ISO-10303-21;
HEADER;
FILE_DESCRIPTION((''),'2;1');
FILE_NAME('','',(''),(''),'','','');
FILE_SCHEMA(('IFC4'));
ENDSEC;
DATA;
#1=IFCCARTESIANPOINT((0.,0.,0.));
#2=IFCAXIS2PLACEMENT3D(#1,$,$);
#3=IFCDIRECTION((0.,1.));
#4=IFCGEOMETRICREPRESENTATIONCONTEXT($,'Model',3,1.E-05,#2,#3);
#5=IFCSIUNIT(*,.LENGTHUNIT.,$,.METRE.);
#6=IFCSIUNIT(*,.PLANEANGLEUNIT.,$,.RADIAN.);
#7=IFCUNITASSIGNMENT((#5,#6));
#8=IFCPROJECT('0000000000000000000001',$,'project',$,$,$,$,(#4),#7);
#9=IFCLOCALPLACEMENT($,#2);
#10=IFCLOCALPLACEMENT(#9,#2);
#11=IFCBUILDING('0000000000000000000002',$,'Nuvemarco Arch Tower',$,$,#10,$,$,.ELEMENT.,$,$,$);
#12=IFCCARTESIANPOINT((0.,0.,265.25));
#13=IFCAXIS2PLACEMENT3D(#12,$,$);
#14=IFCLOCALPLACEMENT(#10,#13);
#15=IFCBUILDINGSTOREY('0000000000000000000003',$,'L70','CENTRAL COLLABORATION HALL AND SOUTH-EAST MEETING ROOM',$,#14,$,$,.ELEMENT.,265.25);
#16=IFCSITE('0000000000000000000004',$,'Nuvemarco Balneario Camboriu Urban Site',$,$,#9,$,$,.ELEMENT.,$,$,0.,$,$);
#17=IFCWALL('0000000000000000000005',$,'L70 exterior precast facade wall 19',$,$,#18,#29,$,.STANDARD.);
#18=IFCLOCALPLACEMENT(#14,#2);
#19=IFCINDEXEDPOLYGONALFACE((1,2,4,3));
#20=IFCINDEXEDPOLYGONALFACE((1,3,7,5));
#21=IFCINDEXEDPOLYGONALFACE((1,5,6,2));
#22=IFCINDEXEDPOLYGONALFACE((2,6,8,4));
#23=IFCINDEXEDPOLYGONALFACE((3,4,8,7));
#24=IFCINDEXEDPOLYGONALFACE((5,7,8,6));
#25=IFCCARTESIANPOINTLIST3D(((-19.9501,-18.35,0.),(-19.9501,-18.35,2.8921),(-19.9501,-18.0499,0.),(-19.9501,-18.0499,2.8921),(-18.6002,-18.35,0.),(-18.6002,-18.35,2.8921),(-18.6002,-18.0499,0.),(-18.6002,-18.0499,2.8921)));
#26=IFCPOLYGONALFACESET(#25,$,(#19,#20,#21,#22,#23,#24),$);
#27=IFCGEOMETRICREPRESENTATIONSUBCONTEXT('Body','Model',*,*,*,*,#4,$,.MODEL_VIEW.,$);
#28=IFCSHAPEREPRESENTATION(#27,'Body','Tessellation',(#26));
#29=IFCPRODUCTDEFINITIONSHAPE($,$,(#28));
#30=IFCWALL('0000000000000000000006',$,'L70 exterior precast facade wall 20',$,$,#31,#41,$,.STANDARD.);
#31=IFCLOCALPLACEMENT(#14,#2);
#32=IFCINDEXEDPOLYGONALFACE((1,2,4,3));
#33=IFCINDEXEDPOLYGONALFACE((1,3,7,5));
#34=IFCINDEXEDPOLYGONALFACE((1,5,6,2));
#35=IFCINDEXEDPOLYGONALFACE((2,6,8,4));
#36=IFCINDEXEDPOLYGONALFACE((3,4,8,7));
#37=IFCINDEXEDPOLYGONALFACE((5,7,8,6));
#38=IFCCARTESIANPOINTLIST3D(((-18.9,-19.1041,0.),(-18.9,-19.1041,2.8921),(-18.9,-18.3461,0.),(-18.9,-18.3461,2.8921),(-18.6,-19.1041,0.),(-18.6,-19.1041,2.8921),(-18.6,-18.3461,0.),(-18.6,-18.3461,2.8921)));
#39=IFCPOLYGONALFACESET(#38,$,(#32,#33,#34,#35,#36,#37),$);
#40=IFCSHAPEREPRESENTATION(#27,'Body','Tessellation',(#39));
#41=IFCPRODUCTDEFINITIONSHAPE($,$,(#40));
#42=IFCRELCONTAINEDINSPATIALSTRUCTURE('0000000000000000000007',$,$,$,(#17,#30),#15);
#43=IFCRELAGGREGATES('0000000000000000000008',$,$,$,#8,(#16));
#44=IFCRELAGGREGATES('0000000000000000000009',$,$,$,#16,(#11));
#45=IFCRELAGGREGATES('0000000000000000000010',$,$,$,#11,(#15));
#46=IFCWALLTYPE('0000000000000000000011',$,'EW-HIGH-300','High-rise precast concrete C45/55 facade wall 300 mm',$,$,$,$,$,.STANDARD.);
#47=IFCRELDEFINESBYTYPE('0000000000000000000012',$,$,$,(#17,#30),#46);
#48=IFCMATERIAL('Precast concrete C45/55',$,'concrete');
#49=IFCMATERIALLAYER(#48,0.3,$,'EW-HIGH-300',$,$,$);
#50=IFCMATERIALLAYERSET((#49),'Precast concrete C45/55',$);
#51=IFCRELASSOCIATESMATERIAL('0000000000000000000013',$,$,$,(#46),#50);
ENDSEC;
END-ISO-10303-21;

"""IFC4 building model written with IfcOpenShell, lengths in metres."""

from ifc_helpers import new_model, si_unit, direction, frame, frame_2d, origin, place, context, subcontext, project, spatial, rectangle, extrude, material, layer, layer_set, type_object, element, save


model = new_model("IFC4")

# Units and contexts
model_context = context("Model", 3, precision=1e-05, world=origin(), true_north=direction((0.0, 1.0)))
body_context = subcontext(model_context, "Body", "Model", "MODEL_VIEW")
ifc_project = project(units=[si_unit("LENGTHUNIT", "METRE"), si_unit("PLANEANGLEUNIT", "RADIAN")], contexts=[model_context])

# Site, building, storey
site_placement = place(None, origin())
site = spatial("IfcSite", under=ifc_project, at=site_placement, Name="Nuvemarco Balneario Camboriu Urban Site", CompositionType="ELEMENT", RefElevation=0.0)
building_placement = place(site_placement, origin())
building = spatial("IfcBuilding", under=site, at=building_placement, Name="Nuvemarco Arch Tower", CompositionType="ELEMENT")
storey_placement = place(building_placement, frame((0.0, 0.0, 265.25)))
storey = spatial("IfcBuildingStorey", under=building, at=storey_placement, Name="L70", Description="CENTRAL COLLABORATION HALL AND SOUTH-EAST MEETING ROOM", CompositionType="ELEMENT", Elevation=265.25)

# Shared definitions
ifc_material_1 = material(Name="Precast concrete C45/55", Category="concrete")

# Shared definitions
ifc_layer = layer(ifc_material_1, 0.3, Name="EW-HIGH-300")
ifc_layer_set = layer_set([ifc_layer], Name="Precast concrete C45/55")
wall_type = type_object("IfcWallType", Name="EW-HIGH-300", Description="High-rise precast concrete C45/55 facade wall 300 mm", PredefinedType="STANDARD", material=ifc_layer_set)

# Walls
wall_1_placement = place(storey_placement, frame((-19.95, -18.2, 0.0), z_axis=(0.0, 0.0, 1.0), x_axis=(1.0, 0.0, 0.0)))
element("IfcWall", 1, at=wall_1_placement, inside=storey, type_object=wall_type, Name="L70 exterior precast facade wall 19", PredefinedType="STANDARD", context=body_context, shape_type="SweptSolid", body=[
    extrude(rectangle(XDim=1.3499, YDim=0.3, at=frame_2d((0.6748, 0.0))), origin(), (0.0, 0.0, 1.0), 2.8921),
])
wall_2_placement = place(storey_placement, frame((-18.75, -19.104, 0.0), z_axis=(0.0, 0.0, 1.0), x_axis=(0.0, 1.0, 0.0)))
element("IfcWall", 2, at=wall_2_placement, inside=storey, type_object=wall_type, Name="L70 exterior precast facade wall 20", PredefinedType="STANDARD", context=body_context, shape_type="SweptSolid", body=[
    extrude(rectangle(XDim=0.7581, YDim=0.3, at=frame_2d((0.3789, 0.0))), origin(), (0.0, 0.0, 1.0), 2.8921),
])

save(model, "model.ifc")
